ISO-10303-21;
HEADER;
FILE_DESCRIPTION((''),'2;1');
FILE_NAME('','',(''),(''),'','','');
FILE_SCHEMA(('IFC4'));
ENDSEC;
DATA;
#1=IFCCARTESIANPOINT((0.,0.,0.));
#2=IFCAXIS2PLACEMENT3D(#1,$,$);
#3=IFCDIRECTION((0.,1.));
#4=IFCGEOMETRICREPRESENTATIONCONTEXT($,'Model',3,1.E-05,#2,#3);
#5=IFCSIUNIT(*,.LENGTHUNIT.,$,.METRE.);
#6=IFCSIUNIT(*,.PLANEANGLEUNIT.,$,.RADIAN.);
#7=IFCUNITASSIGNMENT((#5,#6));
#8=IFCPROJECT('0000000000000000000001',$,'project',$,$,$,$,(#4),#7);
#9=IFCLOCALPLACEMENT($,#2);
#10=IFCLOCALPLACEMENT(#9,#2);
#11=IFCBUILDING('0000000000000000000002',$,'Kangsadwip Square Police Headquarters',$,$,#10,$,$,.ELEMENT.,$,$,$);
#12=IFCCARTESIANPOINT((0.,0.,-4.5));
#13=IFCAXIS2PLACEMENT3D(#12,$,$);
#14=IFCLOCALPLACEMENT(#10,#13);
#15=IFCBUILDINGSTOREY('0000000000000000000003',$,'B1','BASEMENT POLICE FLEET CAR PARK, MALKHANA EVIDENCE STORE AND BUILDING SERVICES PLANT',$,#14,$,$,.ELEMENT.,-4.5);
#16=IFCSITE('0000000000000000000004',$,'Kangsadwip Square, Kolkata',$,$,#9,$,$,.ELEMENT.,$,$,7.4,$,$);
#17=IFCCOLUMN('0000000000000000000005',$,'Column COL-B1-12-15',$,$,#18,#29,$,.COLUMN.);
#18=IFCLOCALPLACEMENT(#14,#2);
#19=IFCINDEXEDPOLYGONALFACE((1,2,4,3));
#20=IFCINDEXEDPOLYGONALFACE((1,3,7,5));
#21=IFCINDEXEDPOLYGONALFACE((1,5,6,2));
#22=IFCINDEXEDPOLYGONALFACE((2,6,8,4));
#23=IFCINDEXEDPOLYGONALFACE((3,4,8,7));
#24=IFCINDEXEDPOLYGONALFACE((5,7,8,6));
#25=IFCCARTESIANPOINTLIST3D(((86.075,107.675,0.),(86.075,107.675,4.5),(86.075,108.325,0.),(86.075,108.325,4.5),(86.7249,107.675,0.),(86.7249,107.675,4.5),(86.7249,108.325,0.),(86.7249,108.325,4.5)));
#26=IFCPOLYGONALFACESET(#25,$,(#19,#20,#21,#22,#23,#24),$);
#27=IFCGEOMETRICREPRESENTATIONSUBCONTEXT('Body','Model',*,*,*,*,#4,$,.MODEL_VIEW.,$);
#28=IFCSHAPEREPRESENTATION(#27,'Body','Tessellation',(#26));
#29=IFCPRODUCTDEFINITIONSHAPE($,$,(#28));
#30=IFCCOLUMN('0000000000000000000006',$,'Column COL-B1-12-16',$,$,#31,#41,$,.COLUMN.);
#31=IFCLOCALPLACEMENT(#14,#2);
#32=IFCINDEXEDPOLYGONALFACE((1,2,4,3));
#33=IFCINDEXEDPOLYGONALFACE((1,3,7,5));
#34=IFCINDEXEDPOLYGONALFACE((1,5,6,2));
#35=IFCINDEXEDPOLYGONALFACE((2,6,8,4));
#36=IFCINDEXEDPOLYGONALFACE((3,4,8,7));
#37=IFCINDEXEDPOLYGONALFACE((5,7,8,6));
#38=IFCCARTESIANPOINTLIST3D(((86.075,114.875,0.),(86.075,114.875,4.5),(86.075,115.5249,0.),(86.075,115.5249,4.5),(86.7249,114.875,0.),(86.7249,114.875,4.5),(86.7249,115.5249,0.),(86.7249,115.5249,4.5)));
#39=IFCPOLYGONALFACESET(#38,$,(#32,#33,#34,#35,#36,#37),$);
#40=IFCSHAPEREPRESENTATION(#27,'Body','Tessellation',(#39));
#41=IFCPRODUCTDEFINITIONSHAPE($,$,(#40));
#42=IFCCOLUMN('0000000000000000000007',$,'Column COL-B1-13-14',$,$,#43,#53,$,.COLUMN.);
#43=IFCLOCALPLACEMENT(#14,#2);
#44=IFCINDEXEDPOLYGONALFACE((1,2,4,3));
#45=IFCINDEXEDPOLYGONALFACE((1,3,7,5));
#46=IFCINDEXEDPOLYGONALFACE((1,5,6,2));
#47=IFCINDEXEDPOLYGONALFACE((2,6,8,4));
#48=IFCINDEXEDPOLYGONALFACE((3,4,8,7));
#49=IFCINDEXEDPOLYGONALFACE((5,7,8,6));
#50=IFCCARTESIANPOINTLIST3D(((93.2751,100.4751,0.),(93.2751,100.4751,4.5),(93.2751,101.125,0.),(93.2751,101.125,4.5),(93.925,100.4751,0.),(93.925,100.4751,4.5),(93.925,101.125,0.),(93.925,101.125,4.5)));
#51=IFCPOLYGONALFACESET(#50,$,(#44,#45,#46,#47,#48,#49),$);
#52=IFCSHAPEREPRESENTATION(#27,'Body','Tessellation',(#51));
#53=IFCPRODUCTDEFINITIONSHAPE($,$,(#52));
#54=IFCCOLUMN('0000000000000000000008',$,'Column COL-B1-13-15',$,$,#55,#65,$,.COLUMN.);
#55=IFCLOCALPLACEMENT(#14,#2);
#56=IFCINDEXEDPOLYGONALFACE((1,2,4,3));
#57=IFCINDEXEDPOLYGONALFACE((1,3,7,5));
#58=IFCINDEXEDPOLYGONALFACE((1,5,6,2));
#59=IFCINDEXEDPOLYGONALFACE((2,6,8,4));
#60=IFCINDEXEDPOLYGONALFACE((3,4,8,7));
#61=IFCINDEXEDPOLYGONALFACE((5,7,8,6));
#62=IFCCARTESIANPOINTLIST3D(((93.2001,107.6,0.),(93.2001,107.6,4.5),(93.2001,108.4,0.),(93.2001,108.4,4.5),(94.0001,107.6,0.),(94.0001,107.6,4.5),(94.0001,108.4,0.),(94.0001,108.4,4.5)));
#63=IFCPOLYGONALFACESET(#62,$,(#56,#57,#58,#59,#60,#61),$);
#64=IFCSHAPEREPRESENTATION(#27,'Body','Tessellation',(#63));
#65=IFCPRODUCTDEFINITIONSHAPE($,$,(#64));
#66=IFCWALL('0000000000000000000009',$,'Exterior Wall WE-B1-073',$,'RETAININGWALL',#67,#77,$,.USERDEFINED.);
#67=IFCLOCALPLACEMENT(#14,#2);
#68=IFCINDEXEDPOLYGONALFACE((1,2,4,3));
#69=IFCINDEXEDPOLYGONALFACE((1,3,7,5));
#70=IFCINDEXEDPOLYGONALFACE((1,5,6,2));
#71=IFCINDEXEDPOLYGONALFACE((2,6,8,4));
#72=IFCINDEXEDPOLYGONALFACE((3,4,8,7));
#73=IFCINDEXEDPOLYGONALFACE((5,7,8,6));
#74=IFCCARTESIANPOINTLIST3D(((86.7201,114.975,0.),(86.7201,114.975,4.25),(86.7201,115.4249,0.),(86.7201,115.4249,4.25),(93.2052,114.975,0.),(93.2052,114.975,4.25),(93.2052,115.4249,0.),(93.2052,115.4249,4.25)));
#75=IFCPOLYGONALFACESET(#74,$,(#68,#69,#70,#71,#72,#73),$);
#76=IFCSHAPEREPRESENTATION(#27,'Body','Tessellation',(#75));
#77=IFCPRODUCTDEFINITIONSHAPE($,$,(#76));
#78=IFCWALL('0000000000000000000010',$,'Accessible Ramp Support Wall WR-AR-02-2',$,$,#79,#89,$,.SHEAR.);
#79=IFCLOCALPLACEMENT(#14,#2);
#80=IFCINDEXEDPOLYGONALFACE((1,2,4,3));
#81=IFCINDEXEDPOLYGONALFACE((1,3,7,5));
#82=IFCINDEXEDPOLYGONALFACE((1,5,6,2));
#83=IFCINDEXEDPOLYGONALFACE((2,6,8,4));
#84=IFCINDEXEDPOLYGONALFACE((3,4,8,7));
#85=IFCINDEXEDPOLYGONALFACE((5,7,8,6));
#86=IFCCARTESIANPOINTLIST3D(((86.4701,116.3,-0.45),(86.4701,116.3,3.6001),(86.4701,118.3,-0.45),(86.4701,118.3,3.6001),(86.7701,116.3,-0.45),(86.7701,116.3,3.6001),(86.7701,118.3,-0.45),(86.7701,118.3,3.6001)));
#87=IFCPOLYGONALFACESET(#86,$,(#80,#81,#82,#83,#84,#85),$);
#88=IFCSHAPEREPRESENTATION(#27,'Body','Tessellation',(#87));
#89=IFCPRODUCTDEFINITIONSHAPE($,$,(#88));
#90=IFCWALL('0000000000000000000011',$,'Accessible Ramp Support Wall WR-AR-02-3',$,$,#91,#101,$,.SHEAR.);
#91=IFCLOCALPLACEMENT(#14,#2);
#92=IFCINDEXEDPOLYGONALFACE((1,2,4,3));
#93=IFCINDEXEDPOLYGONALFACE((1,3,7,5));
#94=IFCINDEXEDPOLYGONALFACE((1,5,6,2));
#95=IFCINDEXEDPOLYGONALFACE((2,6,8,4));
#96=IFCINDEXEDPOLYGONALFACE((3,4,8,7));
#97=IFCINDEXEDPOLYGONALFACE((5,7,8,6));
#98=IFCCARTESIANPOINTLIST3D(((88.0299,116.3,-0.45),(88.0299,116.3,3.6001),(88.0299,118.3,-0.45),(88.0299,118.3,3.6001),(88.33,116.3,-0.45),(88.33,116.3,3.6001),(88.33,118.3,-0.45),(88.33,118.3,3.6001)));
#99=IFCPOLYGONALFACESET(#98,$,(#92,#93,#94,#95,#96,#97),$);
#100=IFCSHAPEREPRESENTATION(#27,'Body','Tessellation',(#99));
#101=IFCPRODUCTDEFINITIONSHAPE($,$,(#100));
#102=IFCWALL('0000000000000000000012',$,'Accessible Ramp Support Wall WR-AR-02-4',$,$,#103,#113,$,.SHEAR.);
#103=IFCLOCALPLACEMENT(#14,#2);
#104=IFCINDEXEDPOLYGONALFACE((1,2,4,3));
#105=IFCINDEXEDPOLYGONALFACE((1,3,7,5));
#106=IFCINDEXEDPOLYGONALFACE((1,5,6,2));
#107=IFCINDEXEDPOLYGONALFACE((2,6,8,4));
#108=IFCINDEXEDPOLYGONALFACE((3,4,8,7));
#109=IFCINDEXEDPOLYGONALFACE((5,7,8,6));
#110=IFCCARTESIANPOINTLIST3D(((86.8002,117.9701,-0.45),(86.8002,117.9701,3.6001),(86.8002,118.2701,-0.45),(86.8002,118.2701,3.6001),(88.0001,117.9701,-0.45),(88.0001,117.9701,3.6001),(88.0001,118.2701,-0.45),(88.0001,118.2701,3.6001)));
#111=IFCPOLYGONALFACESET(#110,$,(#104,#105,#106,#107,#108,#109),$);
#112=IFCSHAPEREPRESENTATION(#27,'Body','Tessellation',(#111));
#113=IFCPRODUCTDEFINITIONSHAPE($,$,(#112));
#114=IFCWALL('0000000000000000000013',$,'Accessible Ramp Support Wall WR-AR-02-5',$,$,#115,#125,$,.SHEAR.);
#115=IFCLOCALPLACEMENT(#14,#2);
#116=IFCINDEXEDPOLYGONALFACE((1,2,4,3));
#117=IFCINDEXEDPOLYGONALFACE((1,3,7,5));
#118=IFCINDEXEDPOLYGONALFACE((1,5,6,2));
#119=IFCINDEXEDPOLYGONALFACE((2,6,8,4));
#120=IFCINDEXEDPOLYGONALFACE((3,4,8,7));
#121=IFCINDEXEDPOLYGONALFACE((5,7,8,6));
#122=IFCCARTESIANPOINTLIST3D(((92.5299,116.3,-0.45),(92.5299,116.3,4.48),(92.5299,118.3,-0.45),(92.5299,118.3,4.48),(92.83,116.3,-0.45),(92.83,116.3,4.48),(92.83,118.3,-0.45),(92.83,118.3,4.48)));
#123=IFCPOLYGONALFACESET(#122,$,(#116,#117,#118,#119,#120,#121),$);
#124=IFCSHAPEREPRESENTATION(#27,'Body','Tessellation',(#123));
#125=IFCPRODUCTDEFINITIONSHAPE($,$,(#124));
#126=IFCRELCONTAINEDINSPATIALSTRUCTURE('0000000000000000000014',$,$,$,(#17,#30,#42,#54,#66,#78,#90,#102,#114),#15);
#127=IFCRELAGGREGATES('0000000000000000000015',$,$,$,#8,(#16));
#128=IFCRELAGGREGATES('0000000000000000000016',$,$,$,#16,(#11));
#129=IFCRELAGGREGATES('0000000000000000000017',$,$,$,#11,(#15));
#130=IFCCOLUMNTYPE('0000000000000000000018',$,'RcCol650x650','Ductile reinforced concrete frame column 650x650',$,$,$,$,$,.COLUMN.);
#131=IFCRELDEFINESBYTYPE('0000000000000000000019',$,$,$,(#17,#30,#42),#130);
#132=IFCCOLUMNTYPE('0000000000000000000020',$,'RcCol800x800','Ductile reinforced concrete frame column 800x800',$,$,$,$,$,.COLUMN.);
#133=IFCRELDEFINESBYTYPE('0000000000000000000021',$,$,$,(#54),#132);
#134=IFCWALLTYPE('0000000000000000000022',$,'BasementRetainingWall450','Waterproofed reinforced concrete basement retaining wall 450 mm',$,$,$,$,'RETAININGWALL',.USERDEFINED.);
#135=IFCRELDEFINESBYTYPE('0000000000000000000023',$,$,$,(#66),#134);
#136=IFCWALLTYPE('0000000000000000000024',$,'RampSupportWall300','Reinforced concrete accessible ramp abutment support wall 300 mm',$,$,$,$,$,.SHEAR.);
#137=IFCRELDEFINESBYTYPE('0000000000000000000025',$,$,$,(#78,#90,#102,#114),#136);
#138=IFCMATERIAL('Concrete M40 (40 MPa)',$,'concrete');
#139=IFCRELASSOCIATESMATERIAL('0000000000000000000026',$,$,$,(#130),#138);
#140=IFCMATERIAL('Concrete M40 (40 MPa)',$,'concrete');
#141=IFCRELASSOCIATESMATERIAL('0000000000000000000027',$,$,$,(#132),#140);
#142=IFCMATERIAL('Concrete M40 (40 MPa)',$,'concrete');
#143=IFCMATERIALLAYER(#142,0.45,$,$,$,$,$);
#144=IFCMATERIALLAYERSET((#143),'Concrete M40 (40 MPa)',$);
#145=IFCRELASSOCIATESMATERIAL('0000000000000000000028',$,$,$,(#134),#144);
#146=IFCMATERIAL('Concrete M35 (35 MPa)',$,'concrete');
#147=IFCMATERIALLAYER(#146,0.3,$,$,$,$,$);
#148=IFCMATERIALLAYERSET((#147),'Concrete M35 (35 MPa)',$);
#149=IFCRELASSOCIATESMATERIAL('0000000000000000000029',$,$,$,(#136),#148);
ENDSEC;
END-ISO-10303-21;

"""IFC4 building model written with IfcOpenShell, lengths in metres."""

from ifc_helpers import new_model, si_unit, direction, frame, frame_2d, origin, origin_2d, place, context, subcontext, project, spatial, rectangle, extrude, material, layer, layer_set, material_profile, profile_set, type_object, element, save


model = new_model("IFC4")

# Units and contexts
model_context = context("Model", 3, precision=1e-05, world=origin(), true_north=direction((0.0, 1.0)))
body_context = subcontext(model_context, "Body", "Model", "MODEL_VIEW")
ifc_project = project(units=[si_unit("LENGTHUNIT", "METRE"), si_unit("PLANEANGLEUNIT", "RADIAN")], contexts=[model_context])

# Site, building, storey
site_placement = place(None, origin())
site = spatial("IfcSite", under=ifc_project, at=site_placement, Name="Kangsadwip Square, Kolkata", CompositionType="ELEMENT", RefElevation=7.4)
building_placement = place(site_placement, origin())
building = spatial("IfcBuilding", under=site, at=building_placement, Name="Kangsadwip Square Police Headquarters", CompositionType="ELEMENT")
storey_placement = place(building_placement, frame((0.0, 0.0, -4.5)))
storey = spatial("IfcBuildingStorey", under=building, at=storey_placement, Name="B1", Description="BASEMENT POLICE FLEET CAR PARK, MALKHANA EVIDENCE STORE AND BUILDING SERVICES PLANT", CompositionType="ELEMENT", Elevation=-4.5)

# Columns
ifc_material_1 = material(Name="Concrete M40 (40 MPa)", Category="concrete")
ifc_material_profile_1 = material_profile(ifc_material_1, rectangle(XDim=0.6499, YDim=0.6499, at=origin_2d()), Name="RC COL 650X650")
ifc_profile_set_1 = profile_set([ifc_material_profile_1], Name="Concrete M40 (40 MPa)")
column_type_1 = type_object("IfcColumnType", Name="RcCol650x650", Description="Ductile reinforced concrete frame column 650x650", PredefinedType="COLUMN", material=ifc_profile_set_1)
for number, where, z_axis, x_axis, name in (
    (1, (86.3999, 108.0, 0.0), (0.0, 0.0, 1.0), (1.0, 0.0, 0.0), "Column COL-B1-12-15"),
    (2, (86.3999, 115.2, 0.0), (0.0, 0.0, 1.0), (1.0, 0.0, 0.0), "Column COL-B1-12-16"),
    (3, (93.6001, 100.8, 0.0), (0.0, 0.0, 1.0), (1.0, 0.0, 0.0), "Column COL-B1-13-14"),
):
    element("IfcColumn", number, at=place(storey_placement, frame(where, z_axis=z_axis, x_axis=x_axis)), inside=storey, type_object=column_type_1, Name=name, PredefinedType="COLUMN", context=body_context, shape_type="SweptSolid", body=[
        extrude(rectangle(XDim=0.6499, YDim=0.6499, at=origin_2d()), origin(), (0.0, 0.0, 1.0), 4.5),
    ])
ifc_material_2 = material(Name="Concrete M40 (40 MPa)", Category="concrete")
ifc_material_profile_2 = material_profile(ifc_material_2, rectangle(XDim=0.8, YDim=0.8, at=origin_2d()), Name="RC COL 800X800")
ifc_profile_set_2 = profile_set([ifc_material_profile_2], Name="Concrete M40 (40 MPa)")
column_type_2 = type_object("IfcColumnType", Name="RcCol800x800", Description="Ductile reinforced concrete frame column 800x800", PredefinedType="COLUMN", material=ifc_profile_set_2)
column_placement = place(storey_placement, frame((93.6001, 108.0, 0.0), z_axis=(0.0, 0.0, 1.0), x_axis=(1.0, 0.0, 0.0)))
element("IfcColumn", 4, at=column_placement, inside=storey, type_object=column_type_2, Name="Column COL-B1-13-15", PredefinedType="COLUMN", context=body_context, shape_type="SweptSolid", body=[
    extrude(rectangle(XDim=0.8, YDim=0.8, at=origin_2d()), origin(), (0.0, 0.0, 1.0), 4.5),
])

# Walls
ifc_material_3 = material(Name="Concrete M40 (40 MPa)", Category="concrete")
ifc_layer_1 = layer(ifc_material_3, 0.45)
ifc_layer_set_1 = layer_set([ifc_layer_1], Name="Concrete M40 (40 MPa)")
wall_type_1 = type_object("IfcWallType", Name="BasementRetainingWall450", Description="Waterproofed reinforced concrete basement retaining wall 450 mm", ElementType="RETAININGWALL", PredefinedType="USERDEFINED", material=ifc_layer_set_1)
wall_1_placement = place(storey_placement, frame((86.72, 115.2, 0.0), z_axis=(0.0, 0.0, 1.0), x_axis=(1.0, 0.0, 0.0)))
element("IfcWall", 5, at=wall_1_placement, inside=storey, type_object=wall_type_1, Name="Exterior Wall WE-B1-073", ObjectType="RETAININGWALL", PredefinedType="USERDEFINED", context=body_context, shape_type="SweptSolid", body=[
    extrude(rectangle(XDim=6.4851, YDim=0.45, at=frame_2d((3.2427, 0.0))), origin(), (0.0, 0.0, 1.0), 4.25),
])
ifc_material_4 = material(Name="Concrete M35 (35 MPa)", Category="concrete")
ifc_layer_2 = layer(ifc_material_4, 0.3)
ifc_layer_set_2 = layer_set([ifc_layer_2], Name="Concrete M35 (35 MPa)")
wall_type_2 = type_object("IfcWallType", Name="RampSupportWall300", Description="Reinforced concrete accessible ramp abutment support wall 300 mm", PredefinedType="SHEAR", material=ifc_layer_set_2)
for number, where, z_axis, x_axis, name in (
    (6, (86.6201, 116.3, -0.45), (0.0, 0.0, 1.0), (0.0, 1.0, 0.0), "Accessible Ramp Support Wall WR-AR-02-2"),
    (7, (88.1799, 116.3, -0.45), (0.0, 0.0, 1.0), (0.0, 1.0, 0.0), "Accessible Ramp Support Wall WR-AR-02-3"),
):
    element("IfcWall", number, at=place(storey_placement, frame(where, z_axis=z_axis, x_axis=x_axis)), inside=storey, type_object=wall_type_2, Name=name, PredefinedType="SHEAR", context=body_context, shape_type="SweptSolid", body=[
        extrude(rectangle(XDim=2.0, YDim=0.3, at=frame_2d((1.0, 0.0))), origin(), (0.0, 0.0, 1.0), 4.05),
    ])
wall_2_placement = place(storey_placement, frame((86.8, 118.1201, -0.45), z_axis=(0.0, 0.0, 1.0), x_axis=(1.0, 0.0, 0.0)))
element("IfcWall", 8, at=wall_2_placement, inside=storey, type_object=wall_type_2, Name="Accessible Ramp Support Wall WR-AR-02-4", PredefinedType="SHEAR", context=body_context, shape_type="SweptSolid", body=[
    extrude(rectangle(XDim=1.2, YDim=0.3, at=frame_2d((0.6001, 0.0))), origin(), (0.0, 0.0, 1.0), 4.05),
])
wall_3_placement = place(storey_placement, frame((92.6799, 116.3, -0.45), z_axis=(0.0, 0.0, 1.0), x_axis=(0.0, 1.0, 0.0)))
element("IfcWall", 9, at=wall_3_placement, inside=storey, type_object=wall_type_2, Name="Accessible Ramp Support Wall WR-AR-02-5", PredefinedType="SHEAR", context=body_context, shape_type="SweptSolid", body=[
    extrude(rectangle(XDim=2.0, YDim=0.3, at=frame_2d((1.0, 0.0))), origin(), (0.0, 0.0, 1.0), 4.9299),
])

save(model, "model.ifc")
